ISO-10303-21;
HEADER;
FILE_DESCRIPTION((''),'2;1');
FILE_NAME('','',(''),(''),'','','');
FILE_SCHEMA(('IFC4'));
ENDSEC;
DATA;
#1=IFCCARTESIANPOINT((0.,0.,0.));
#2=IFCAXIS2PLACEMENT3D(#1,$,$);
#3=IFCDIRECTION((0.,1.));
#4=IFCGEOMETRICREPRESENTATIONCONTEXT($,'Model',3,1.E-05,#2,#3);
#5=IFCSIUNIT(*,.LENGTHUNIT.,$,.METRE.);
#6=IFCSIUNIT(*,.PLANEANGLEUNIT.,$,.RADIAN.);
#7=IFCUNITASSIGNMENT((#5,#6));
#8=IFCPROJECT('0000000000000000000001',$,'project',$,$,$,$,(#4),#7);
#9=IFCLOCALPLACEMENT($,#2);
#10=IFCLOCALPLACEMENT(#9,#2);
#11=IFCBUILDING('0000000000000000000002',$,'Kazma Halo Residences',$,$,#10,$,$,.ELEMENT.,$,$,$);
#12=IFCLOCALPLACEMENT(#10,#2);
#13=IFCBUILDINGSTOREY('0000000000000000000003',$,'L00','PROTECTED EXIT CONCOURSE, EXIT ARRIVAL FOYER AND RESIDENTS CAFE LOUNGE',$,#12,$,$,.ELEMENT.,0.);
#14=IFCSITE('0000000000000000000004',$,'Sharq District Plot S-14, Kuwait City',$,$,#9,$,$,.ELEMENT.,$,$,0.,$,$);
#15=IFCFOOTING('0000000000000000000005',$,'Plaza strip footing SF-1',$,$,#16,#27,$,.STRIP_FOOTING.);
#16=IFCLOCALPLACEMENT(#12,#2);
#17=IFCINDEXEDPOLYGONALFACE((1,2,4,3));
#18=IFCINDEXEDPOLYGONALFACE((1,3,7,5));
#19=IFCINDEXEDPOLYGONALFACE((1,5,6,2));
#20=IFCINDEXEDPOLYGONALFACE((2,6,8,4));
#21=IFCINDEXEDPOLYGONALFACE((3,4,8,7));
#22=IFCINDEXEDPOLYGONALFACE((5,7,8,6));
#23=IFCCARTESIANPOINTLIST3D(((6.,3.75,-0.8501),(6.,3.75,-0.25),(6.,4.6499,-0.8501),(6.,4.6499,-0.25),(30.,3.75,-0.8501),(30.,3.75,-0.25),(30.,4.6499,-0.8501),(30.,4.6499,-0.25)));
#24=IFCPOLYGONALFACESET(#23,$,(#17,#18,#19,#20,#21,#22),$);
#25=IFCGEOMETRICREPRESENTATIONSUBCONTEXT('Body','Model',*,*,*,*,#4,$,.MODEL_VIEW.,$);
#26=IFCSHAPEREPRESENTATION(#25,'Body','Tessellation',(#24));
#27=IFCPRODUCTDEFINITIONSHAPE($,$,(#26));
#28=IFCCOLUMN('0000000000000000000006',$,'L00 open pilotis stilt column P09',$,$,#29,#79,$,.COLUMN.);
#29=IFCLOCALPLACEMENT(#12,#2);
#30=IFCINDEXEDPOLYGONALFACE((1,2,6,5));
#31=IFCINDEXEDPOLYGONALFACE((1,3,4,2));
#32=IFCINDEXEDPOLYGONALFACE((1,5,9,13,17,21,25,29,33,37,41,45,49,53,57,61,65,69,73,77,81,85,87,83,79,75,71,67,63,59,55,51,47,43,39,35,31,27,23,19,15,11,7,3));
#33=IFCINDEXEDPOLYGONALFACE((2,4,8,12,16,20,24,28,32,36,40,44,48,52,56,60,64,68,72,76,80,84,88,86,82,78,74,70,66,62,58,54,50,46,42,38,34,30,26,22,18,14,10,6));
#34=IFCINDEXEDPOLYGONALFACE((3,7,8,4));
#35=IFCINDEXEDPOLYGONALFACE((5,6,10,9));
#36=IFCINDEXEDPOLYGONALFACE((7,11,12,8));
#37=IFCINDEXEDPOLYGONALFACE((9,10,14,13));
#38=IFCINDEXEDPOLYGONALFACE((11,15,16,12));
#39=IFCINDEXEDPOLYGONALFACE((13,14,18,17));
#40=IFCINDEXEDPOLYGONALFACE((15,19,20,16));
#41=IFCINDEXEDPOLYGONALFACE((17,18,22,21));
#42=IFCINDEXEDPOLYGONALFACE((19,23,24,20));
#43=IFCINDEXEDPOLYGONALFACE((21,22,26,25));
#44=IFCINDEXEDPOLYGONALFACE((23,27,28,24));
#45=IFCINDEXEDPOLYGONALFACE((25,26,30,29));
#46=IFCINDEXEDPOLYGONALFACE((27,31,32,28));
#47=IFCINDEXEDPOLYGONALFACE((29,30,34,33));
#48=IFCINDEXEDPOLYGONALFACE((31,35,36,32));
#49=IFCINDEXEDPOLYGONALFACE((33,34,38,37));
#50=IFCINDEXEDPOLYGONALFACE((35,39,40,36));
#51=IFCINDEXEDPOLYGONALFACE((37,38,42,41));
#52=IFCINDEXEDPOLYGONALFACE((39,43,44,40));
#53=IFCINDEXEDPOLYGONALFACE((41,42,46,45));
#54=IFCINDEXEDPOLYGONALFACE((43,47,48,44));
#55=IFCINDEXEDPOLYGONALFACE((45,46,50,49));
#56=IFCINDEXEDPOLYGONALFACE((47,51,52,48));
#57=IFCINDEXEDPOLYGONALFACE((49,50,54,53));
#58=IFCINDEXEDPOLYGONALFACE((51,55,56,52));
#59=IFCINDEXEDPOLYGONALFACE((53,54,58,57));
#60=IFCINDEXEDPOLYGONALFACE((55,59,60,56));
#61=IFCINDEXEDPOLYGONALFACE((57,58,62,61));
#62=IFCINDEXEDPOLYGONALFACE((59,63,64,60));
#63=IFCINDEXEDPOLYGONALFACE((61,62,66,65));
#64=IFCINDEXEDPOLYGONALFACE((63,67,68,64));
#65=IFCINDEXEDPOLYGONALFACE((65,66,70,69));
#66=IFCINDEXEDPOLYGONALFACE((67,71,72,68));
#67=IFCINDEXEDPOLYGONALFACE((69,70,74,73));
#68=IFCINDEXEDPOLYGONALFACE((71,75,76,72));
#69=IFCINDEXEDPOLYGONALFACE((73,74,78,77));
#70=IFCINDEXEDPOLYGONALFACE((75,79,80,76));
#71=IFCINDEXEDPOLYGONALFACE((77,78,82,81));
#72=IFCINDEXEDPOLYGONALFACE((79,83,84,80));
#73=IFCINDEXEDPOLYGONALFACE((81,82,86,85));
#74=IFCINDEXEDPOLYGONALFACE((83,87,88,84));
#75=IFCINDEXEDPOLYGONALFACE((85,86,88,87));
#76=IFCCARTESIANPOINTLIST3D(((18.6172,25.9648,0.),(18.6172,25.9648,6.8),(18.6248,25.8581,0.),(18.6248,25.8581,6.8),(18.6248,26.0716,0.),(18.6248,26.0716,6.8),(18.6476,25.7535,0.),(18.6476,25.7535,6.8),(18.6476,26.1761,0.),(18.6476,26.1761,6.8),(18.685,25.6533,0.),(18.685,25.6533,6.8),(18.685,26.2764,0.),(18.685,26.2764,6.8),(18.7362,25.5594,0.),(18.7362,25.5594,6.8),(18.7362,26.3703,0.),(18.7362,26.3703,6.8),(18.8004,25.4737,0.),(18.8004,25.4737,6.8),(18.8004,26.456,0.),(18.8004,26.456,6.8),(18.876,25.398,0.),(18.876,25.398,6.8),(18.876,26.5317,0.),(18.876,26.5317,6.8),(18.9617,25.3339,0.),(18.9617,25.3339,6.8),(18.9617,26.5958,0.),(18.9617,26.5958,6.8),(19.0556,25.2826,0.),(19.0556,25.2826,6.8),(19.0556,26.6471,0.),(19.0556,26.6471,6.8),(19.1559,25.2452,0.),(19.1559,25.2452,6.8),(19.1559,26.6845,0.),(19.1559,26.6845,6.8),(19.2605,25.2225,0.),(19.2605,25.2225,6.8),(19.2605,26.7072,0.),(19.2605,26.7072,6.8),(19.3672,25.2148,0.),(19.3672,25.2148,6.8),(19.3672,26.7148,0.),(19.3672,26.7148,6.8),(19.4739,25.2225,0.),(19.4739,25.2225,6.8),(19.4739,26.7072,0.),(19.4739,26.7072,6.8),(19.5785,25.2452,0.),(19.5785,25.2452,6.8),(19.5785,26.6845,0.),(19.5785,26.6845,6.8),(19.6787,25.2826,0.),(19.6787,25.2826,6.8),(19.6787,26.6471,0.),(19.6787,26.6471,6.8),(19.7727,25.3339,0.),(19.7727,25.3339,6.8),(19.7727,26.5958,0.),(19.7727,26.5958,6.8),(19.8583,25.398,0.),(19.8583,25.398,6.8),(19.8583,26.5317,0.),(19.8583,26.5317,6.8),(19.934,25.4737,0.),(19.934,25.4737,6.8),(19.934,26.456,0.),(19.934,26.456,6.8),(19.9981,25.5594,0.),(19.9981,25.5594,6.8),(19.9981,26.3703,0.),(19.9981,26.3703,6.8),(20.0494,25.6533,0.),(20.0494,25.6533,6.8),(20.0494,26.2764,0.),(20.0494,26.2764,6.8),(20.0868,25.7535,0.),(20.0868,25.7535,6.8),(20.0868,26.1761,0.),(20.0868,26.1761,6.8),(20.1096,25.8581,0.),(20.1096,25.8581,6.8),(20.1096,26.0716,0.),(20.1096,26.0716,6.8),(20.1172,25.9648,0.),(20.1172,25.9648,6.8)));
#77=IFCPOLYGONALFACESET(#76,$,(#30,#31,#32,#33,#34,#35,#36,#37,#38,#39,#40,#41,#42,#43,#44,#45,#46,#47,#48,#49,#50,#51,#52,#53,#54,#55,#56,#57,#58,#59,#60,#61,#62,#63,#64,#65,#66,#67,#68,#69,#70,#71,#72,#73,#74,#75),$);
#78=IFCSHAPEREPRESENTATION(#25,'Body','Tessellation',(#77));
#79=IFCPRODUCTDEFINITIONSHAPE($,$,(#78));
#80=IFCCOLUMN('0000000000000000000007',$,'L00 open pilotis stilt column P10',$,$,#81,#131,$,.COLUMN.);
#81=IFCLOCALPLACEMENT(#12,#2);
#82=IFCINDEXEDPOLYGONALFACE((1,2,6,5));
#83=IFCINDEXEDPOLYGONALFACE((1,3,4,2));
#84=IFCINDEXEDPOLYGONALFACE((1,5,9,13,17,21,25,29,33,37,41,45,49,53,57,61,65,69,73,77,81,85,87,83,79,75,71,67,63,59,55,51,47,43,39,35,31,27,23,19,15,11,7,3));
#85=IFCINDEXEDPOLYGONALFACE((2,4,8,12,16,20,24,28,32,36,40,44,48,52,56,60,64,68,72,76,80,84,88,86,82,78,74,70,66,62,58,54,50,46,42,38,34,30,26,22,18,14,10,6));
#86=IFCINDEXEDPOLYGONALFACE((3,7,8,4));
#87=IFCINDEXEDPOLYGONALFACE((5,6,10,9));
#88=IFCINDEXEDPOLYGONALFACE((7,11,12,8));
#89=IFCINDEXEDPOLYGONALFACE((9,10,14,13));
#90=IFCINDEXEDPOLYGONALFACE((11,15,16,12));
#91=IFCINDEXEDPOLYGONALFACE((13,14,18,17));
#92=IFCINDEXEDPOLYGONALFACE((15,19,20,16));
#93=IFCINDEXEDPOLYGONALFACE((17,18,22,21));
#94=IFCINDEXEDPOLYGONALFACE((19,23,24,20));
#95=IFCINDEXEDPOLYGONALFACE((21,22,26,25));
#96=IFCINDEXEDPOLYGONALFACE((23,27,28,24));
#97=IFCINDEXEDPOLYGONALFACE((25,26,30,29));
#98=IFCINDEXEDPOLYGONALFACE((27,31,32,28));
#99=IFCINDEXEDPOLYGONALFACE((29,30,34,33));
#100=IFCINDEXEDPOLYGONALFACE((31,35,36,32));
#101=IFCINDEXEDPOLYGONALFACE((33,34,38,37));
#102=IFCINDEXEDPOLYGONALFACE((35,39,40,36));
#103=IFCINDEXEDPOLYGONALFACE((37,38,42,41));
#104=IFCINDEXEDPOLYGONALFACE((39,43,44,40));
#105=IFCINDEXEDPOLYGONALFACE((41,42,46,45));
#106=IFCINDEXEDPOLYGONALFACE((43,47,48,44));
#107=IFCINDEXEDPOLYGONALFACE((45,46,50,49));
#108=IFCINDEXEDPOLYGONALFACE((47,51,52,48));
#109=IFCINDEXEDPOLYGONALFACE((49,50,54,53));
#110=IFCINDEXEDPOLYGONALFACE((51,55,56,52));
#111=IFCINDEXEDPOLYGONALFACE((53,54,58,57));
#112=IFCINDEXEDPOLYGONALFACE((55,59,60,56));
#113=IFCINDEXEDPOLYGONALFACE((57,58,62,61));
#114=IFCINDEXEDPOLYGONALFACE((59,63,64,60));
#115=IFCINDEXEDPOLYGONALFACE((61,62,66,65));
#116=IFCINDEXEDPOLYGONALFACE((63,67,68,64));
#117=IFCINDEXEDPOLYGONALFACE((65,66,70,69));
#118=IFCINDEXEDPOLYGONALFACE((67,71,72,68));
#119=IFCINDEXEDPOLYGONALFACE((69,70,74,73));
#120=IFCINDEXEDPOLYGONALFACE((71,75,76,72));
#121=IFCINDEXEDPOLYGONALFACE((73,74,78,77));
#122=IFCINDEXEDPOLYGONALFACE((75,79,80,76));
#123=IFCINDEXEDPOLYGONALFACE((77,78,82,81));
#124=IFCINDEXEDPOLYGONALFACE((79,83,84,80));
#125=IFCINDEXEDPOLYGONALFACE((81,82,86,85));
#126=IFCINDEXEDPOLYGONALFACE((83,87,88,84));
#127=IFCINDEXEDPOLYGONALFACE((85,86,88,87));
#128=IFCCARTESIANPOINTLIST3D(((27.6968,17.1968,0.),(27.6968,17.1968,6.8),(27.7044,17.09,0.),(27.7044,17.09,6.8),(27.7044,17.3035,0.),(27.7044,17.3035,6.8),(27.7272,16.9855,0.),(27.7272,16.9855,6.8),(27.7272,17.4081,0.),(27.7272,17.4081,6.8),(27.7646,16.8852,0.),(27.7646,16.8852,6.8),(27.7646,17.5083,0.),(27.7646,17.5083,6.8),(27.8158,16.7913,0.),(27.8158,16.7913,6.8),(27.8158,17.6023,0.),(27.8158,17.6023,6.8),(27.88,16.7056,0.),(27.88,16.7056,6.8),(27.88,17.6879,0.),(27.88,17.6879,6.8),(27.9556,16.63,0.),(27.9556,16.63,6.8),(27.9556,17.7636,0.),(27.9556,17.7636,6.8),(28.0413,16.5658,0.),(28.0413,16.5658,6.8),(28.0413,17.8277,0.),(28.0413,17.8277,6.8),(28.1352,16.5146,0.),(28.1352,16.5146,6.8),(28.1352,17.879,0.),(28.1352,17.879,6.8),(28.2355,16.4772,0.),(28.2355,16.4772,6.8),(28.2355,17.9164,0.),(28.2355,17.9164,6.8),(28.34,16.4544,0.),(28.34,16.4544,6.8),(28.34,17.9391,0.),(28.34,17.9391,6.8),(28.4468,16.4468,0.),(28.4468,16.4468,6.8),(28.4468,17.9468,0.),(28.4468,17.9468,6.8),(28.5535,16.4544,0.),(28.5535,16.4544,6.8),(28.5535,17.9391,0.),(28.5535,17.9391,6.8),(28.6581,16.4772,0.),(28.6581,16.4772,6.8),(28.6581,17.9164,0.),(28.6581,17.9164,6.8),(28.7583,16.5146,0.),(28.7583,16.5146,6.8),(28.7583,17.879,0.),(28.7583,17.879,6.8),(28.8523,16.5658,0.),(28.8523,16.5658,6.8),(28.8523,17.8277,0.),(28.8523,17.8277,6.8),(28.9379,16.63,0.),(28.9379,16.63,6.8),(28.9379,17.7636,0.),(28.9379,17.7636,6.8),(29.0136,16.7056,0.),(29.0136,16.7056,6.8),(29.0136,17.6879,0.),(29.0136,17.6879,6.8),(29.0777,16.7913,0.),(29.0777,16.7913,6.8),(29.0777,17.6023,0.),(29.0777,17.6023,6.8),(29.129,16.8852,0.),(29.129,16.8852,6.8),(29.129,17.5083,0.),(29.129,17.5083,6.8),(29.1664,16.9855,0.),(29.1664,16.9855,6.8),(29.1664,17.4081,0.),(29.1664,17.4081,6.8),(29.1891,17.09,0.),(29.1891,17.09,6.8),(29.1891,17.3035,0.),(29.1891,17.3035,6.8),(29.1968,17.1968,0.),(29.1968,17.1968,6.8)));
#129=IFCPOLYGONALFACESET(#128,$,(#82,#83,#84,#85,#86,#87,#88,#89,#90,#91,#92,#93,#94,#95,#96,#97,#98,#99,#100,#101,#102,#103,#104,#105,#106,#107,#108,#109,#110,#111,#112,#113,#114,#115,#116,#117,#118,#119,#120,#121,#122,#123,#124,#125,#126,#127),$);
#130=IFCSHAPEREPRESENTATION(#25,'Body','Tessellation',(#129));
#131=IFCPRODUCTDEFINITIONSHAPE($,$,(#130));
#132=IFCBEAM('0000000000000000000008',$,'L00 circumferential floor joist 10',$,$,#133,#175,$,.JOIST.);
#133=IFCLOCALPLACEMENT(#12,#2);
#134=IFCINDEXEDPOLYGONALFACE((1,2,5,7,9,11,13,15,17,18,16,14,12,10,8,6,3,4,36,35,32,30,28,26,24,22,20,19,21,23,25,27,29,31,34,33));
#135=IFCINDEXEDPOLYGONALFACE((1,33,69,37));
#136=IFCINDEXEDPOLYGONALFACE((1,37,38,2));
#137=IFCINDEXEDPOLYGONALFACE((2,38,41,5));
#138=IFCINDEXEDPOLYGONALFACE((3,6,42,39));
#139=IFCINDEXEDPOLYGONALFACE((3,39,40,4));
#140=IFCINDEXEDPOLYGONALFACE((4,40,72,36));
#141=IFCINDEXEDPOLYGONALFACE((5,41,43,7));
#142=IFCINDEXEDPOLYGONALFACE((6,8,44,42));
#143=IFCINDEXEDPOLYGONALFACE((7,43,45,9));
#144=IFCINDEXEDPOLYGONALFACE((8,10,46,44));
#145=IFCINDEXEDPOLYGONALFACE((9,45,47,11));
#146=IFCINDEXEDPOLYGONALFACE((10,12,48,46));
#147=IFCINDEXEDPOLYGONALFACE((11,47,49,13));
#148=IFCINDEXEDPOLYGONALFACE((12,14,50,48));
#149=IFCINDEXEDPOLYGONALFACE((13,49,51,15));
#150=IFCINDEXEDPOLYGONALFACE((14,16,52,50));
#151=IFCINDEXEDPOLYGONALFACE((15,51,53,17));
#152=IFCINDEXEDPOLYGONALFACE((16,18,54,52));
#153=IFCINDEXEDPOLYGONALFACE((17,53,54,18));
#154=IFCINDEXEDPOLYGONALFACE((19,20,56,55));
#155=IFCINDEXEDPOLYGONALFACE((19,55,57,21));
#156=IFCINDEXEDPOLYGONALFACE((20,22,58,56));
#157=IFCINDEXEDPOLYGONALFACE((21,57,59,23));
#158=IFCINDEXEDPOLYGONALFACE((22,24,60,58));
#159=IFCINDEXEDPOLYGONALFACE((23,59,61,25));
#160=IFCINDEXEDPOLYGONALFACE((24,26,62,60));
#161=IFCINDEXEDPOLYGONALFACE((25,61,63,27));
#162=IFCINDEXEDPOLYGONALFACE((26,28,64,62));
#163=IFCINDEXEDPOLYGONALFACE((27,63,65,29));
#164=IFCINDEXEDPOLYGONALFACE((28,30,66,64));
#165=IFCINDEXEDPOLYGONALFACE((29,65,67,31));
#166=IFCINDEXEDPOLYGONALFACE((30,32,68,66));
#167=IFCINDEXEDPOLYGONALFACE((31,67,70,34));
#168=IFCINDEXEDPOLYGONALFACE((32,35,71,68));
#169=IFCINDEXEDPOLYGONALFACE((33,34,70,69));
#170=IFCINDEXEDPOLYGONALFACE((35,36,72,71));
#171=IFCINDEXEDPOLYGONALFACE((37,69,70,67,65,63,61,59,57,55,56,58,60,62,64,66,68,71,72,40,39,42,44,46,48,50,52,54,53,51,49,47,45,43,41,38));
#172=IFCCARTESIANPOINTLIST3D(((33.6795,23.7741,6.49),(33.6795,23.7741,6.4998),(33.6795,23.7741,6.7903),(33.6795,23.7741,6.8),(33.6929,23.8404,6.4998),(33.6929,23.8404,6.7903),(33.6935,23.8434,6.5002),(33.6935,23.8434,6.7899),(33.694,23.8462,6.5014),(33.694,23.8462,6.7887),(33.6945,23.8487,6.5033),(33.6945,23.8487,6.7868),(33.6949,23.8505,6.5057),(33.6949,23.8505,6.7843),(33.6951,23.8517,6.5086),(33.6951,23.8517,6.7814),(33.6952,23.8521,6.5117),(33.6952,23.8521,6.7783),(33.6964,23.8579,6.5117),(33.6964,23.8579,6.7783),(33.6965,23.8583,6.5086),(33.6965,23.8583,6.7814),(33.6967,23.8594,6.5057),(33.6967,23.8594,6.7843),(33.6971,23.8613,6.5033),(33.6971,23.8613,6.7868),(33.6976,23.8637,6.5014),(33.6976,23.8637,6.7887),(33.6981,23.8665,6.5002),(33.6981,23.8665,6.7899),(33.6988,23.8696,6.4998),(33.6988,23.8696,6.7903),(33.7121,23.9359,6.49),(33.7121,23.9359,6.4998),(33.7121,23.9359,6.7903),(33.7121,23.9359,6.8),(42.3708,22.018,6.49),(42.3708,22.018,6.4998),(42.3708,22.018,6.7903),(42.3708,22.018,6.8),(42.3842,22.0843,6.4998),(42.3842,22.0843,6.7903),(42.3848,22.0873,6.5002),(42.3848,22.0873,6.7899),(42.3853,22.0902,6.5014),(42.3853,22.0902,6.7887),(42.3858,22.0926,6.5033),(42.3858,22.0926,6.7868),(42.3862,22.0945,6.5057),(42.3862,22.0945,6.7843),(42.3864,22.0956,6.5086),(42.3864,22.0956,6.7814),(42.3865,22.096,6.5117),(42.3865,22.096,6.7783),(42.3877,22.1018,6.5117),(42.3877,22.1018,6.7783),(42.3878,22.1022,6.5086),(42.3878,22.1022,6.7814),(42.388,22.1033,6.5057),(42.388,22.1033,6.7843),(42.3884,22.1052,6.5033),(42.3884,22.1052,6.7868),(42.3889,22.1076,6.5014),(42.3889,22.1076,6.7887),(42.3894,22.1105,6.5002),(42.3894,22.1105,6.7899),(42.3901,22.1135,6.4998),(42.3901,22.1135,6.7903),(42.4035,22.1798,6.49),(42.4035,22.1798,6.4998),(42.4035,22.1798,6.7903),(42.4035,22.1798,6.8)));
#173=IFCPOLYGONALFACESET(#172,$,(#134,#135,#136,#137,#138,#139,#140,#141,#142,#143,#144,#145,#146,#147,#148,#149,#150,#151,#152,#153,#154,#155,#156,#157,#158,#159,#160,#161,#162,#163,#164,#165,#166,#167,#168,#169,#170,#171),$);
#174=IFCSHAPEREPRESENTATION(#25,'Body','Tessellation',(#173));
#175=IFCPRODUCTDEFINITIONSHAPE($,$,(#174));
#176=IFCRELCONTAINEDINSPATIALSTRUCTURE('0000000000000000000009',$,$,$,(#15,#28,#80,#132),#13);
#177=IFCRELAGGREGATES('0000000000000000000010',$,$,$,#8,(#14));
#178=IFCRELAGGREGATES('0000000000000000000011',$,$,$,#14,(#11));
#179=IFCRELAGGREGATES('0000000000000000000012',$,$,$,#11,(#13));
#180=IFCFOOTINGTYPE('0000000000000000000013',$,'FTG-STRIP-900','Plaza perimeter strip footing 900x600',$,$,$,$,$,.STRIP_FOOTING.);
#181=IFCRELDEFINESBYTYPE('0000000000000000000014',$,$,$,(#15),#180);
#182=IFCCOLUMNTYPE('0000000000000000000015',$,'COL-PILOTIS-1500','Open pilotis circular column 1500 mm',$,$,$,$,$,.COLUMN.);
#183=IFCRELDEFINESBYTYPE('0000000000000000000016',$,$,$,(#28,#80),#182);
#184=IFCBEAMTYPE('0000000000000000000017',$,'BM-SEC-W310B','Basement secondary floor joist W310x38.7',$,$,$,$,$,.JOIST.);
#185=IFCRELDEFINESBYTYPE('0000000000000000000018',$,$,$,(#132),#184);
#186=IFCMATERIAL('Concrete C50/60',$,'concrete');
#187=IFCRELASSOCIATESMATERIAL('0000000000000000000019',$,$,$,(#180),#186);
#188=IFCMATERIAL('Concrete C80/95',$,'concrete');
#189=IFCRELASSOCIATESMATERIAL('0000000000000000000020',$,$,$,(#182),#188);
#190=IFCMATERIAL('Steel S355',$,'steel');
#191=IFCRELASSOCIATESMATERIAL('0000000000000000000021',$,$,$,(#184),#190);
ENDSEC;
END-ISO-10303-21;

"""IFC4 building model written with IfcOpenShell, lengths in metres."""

from ifc_helpers import new_model, si_unit, direction, frame, origin, origin_2d, place, context, subcontext, project, spatial, rectangle, circle, i_section, extrude, material, material_profile, profile_set, type_object, element, save


model = new_model("IFC4")

# Units and contexts
model_context = context("Model", 3, precision=1e-05, world=origin(), true_north=direction((0.0, 1.0)))
body_context = subcontext(model_context, "Body", "Model", "MODEL_VIEW")
ifc_project = project(units=[si_unit("LENGTHUNIT", "METRE"), si_unit("PLANEANGLEUNIT", "RADIAN")], contexts=[model_context])

# Site, building, storey
site_placement = place(None, origin())
site = spatial("IfcSite", under=ifc_project, at=site_placement, Name="Sharq District Plot S-14, Kuwait City", CompositionType="ELEMENT", RefElevation=0.0)
building_placement = place(site_placement, origin())
building = spatial("IfcBuilding", under=site, at=building_placement, Name="Kazma Halo Residences", CompositionType="ELEMENT")
storey_placement = place(building_placement, origin())
storey = spatial("IfcBuildingStorey", under=building, at=storey_placement, Name="L00", Description="PROTECTED EXIT CONCOURSE, EXIT ARRIVAL FOYER AND RESIDENTS CAFE LOUNGE", CompositionType="ELEMENT", Elevation=0.0)

# Footing
ifc_material_1 = material(Name="Concrete C50/60", Category="concrete")
ifc_material_profile_1 = material_profile(ifc_material_1, rectangle(XDim=0.6001, YDim=0.8999, at=origin_2d()), Name="RECT600x900")
ifc_profile_set_1 = profile_set([ifc_material_profile_1], Name="Concrete C50/60")
footing_type = type_object("IfcFootingType", Name="FTG-STRIP-900", Description="Plaza perimeter strip footing 900x600", PredefinedType="STRIP_FOOTING", material=ifc_profile_set_1)
footing_placement = place(storey_placement, frame((18.0, 4.2, -0.8501), z_axis=(0.0, 0.0, 1.0), x_axis=(1.0, 0.0, 0.0)))
element("IfcFooting", 1, at=footing_placement, inside=storey, type_object=footing_type, Name="Plaza strip footing SF-1", PredefinedType="STRIP_FOOTING", context=body_context, shape_type="SweptSolid", body=[
    extrude(rectangle(XDim=24.0, YDim=0.8999, at=origin_2d()), origin(), (0.0, 0.0, 1.0), 0.6001),
])

# Columns
ifc_material_2 = material(Name="Concrete C80/95", Category="concrete")
ifc_material_profile_2 = material_profile(ifc_material_2, circle(Radius=0.75, at=origin_2d()), Name="CIRC1500")
ifc_profile_set_2 = profile_set([ifc_material_profile_2], Name="Concrete C80/95")
column_type = type_object("IfcColumnType", Name="COL-PILOTIS-1500", Description="Open pilotis circular column 1500 mm", PredefinedType="COLUMN", material=ifc_profile_set_2)
for number, where, z_axis, x_axis, name in (
    (2, (19.3672, 25.9648, 0.0), (0.0, 0.0, 1.0), (1.0, 0.0, 0.0), "L00 open pilotis stilt column P09"),
    (3, (28.4468, 17.1968, 0.0), (0.0, 0.0, 1.0), (1.0, 0.0, 0.0), "L00 open pilotis stilt column P10"),
):
    element("IfcColumn", number, at=place(storey_placement, frame(where, z_axis=z_axis, x_axis=x_axis)), inside=storey, type_object=column_type, Name=name, PredefinedType="COLUMN", context=body_context, shape_type="SweptSolid", body=[
        extrude(circle(Radius=0.75, at=origin_2d()), origin(), (0.0, 0.0, 1.0), 6.8),
    ])

# Beam
ifc_material_3 = material(Name="Steel S355", Category="steel")
ifc_material_profile_3 = material_profile(ifc_material_3, i_section(OverallWidth=0.165, OverallDepth=0.3101, WebThickness=0.0059, FlangeThickness=0.0098, FilletRadius=0.012, at=origin_2d()), Name="W310x38.7")
ifc_profile_set_3 = profile_set([ifc_material_profile_3], Name="Steel S355")
beam_type_1 = type_object("IfcBeamType", Name="BM-SEC-W310B", Description="Basement secondary floor joist W310x38.7", PredefinedType="JOIST", material=ifc_profile_set_3)
beam_1_placement = place(storey_placement, frame((33.6958, 23.855, 6.645), z_axis=(0.980192, -0.198048, 0.0), x_axis=(0.198048, 0.980192, 0.0)))
element("IfcBeam", 4, at=beam_1_placement, inside=storey, type_object=beam_type_1, Name="L00 circumferential floor joist 10", PredefinedType="JOIST", context=body_context, shape_type="SweptSolid", body=[
    extrude(i_section(OverallWidth=0.165, OverallDepth=0.3101, WebThickness=0.0059, FlangeThickness=0.0098, FilletRadius=0.012, at=origin_2d()), origin(), (0.0, 0.0, 1.0), 8.8669),
])

save(model, "model.ifc")
